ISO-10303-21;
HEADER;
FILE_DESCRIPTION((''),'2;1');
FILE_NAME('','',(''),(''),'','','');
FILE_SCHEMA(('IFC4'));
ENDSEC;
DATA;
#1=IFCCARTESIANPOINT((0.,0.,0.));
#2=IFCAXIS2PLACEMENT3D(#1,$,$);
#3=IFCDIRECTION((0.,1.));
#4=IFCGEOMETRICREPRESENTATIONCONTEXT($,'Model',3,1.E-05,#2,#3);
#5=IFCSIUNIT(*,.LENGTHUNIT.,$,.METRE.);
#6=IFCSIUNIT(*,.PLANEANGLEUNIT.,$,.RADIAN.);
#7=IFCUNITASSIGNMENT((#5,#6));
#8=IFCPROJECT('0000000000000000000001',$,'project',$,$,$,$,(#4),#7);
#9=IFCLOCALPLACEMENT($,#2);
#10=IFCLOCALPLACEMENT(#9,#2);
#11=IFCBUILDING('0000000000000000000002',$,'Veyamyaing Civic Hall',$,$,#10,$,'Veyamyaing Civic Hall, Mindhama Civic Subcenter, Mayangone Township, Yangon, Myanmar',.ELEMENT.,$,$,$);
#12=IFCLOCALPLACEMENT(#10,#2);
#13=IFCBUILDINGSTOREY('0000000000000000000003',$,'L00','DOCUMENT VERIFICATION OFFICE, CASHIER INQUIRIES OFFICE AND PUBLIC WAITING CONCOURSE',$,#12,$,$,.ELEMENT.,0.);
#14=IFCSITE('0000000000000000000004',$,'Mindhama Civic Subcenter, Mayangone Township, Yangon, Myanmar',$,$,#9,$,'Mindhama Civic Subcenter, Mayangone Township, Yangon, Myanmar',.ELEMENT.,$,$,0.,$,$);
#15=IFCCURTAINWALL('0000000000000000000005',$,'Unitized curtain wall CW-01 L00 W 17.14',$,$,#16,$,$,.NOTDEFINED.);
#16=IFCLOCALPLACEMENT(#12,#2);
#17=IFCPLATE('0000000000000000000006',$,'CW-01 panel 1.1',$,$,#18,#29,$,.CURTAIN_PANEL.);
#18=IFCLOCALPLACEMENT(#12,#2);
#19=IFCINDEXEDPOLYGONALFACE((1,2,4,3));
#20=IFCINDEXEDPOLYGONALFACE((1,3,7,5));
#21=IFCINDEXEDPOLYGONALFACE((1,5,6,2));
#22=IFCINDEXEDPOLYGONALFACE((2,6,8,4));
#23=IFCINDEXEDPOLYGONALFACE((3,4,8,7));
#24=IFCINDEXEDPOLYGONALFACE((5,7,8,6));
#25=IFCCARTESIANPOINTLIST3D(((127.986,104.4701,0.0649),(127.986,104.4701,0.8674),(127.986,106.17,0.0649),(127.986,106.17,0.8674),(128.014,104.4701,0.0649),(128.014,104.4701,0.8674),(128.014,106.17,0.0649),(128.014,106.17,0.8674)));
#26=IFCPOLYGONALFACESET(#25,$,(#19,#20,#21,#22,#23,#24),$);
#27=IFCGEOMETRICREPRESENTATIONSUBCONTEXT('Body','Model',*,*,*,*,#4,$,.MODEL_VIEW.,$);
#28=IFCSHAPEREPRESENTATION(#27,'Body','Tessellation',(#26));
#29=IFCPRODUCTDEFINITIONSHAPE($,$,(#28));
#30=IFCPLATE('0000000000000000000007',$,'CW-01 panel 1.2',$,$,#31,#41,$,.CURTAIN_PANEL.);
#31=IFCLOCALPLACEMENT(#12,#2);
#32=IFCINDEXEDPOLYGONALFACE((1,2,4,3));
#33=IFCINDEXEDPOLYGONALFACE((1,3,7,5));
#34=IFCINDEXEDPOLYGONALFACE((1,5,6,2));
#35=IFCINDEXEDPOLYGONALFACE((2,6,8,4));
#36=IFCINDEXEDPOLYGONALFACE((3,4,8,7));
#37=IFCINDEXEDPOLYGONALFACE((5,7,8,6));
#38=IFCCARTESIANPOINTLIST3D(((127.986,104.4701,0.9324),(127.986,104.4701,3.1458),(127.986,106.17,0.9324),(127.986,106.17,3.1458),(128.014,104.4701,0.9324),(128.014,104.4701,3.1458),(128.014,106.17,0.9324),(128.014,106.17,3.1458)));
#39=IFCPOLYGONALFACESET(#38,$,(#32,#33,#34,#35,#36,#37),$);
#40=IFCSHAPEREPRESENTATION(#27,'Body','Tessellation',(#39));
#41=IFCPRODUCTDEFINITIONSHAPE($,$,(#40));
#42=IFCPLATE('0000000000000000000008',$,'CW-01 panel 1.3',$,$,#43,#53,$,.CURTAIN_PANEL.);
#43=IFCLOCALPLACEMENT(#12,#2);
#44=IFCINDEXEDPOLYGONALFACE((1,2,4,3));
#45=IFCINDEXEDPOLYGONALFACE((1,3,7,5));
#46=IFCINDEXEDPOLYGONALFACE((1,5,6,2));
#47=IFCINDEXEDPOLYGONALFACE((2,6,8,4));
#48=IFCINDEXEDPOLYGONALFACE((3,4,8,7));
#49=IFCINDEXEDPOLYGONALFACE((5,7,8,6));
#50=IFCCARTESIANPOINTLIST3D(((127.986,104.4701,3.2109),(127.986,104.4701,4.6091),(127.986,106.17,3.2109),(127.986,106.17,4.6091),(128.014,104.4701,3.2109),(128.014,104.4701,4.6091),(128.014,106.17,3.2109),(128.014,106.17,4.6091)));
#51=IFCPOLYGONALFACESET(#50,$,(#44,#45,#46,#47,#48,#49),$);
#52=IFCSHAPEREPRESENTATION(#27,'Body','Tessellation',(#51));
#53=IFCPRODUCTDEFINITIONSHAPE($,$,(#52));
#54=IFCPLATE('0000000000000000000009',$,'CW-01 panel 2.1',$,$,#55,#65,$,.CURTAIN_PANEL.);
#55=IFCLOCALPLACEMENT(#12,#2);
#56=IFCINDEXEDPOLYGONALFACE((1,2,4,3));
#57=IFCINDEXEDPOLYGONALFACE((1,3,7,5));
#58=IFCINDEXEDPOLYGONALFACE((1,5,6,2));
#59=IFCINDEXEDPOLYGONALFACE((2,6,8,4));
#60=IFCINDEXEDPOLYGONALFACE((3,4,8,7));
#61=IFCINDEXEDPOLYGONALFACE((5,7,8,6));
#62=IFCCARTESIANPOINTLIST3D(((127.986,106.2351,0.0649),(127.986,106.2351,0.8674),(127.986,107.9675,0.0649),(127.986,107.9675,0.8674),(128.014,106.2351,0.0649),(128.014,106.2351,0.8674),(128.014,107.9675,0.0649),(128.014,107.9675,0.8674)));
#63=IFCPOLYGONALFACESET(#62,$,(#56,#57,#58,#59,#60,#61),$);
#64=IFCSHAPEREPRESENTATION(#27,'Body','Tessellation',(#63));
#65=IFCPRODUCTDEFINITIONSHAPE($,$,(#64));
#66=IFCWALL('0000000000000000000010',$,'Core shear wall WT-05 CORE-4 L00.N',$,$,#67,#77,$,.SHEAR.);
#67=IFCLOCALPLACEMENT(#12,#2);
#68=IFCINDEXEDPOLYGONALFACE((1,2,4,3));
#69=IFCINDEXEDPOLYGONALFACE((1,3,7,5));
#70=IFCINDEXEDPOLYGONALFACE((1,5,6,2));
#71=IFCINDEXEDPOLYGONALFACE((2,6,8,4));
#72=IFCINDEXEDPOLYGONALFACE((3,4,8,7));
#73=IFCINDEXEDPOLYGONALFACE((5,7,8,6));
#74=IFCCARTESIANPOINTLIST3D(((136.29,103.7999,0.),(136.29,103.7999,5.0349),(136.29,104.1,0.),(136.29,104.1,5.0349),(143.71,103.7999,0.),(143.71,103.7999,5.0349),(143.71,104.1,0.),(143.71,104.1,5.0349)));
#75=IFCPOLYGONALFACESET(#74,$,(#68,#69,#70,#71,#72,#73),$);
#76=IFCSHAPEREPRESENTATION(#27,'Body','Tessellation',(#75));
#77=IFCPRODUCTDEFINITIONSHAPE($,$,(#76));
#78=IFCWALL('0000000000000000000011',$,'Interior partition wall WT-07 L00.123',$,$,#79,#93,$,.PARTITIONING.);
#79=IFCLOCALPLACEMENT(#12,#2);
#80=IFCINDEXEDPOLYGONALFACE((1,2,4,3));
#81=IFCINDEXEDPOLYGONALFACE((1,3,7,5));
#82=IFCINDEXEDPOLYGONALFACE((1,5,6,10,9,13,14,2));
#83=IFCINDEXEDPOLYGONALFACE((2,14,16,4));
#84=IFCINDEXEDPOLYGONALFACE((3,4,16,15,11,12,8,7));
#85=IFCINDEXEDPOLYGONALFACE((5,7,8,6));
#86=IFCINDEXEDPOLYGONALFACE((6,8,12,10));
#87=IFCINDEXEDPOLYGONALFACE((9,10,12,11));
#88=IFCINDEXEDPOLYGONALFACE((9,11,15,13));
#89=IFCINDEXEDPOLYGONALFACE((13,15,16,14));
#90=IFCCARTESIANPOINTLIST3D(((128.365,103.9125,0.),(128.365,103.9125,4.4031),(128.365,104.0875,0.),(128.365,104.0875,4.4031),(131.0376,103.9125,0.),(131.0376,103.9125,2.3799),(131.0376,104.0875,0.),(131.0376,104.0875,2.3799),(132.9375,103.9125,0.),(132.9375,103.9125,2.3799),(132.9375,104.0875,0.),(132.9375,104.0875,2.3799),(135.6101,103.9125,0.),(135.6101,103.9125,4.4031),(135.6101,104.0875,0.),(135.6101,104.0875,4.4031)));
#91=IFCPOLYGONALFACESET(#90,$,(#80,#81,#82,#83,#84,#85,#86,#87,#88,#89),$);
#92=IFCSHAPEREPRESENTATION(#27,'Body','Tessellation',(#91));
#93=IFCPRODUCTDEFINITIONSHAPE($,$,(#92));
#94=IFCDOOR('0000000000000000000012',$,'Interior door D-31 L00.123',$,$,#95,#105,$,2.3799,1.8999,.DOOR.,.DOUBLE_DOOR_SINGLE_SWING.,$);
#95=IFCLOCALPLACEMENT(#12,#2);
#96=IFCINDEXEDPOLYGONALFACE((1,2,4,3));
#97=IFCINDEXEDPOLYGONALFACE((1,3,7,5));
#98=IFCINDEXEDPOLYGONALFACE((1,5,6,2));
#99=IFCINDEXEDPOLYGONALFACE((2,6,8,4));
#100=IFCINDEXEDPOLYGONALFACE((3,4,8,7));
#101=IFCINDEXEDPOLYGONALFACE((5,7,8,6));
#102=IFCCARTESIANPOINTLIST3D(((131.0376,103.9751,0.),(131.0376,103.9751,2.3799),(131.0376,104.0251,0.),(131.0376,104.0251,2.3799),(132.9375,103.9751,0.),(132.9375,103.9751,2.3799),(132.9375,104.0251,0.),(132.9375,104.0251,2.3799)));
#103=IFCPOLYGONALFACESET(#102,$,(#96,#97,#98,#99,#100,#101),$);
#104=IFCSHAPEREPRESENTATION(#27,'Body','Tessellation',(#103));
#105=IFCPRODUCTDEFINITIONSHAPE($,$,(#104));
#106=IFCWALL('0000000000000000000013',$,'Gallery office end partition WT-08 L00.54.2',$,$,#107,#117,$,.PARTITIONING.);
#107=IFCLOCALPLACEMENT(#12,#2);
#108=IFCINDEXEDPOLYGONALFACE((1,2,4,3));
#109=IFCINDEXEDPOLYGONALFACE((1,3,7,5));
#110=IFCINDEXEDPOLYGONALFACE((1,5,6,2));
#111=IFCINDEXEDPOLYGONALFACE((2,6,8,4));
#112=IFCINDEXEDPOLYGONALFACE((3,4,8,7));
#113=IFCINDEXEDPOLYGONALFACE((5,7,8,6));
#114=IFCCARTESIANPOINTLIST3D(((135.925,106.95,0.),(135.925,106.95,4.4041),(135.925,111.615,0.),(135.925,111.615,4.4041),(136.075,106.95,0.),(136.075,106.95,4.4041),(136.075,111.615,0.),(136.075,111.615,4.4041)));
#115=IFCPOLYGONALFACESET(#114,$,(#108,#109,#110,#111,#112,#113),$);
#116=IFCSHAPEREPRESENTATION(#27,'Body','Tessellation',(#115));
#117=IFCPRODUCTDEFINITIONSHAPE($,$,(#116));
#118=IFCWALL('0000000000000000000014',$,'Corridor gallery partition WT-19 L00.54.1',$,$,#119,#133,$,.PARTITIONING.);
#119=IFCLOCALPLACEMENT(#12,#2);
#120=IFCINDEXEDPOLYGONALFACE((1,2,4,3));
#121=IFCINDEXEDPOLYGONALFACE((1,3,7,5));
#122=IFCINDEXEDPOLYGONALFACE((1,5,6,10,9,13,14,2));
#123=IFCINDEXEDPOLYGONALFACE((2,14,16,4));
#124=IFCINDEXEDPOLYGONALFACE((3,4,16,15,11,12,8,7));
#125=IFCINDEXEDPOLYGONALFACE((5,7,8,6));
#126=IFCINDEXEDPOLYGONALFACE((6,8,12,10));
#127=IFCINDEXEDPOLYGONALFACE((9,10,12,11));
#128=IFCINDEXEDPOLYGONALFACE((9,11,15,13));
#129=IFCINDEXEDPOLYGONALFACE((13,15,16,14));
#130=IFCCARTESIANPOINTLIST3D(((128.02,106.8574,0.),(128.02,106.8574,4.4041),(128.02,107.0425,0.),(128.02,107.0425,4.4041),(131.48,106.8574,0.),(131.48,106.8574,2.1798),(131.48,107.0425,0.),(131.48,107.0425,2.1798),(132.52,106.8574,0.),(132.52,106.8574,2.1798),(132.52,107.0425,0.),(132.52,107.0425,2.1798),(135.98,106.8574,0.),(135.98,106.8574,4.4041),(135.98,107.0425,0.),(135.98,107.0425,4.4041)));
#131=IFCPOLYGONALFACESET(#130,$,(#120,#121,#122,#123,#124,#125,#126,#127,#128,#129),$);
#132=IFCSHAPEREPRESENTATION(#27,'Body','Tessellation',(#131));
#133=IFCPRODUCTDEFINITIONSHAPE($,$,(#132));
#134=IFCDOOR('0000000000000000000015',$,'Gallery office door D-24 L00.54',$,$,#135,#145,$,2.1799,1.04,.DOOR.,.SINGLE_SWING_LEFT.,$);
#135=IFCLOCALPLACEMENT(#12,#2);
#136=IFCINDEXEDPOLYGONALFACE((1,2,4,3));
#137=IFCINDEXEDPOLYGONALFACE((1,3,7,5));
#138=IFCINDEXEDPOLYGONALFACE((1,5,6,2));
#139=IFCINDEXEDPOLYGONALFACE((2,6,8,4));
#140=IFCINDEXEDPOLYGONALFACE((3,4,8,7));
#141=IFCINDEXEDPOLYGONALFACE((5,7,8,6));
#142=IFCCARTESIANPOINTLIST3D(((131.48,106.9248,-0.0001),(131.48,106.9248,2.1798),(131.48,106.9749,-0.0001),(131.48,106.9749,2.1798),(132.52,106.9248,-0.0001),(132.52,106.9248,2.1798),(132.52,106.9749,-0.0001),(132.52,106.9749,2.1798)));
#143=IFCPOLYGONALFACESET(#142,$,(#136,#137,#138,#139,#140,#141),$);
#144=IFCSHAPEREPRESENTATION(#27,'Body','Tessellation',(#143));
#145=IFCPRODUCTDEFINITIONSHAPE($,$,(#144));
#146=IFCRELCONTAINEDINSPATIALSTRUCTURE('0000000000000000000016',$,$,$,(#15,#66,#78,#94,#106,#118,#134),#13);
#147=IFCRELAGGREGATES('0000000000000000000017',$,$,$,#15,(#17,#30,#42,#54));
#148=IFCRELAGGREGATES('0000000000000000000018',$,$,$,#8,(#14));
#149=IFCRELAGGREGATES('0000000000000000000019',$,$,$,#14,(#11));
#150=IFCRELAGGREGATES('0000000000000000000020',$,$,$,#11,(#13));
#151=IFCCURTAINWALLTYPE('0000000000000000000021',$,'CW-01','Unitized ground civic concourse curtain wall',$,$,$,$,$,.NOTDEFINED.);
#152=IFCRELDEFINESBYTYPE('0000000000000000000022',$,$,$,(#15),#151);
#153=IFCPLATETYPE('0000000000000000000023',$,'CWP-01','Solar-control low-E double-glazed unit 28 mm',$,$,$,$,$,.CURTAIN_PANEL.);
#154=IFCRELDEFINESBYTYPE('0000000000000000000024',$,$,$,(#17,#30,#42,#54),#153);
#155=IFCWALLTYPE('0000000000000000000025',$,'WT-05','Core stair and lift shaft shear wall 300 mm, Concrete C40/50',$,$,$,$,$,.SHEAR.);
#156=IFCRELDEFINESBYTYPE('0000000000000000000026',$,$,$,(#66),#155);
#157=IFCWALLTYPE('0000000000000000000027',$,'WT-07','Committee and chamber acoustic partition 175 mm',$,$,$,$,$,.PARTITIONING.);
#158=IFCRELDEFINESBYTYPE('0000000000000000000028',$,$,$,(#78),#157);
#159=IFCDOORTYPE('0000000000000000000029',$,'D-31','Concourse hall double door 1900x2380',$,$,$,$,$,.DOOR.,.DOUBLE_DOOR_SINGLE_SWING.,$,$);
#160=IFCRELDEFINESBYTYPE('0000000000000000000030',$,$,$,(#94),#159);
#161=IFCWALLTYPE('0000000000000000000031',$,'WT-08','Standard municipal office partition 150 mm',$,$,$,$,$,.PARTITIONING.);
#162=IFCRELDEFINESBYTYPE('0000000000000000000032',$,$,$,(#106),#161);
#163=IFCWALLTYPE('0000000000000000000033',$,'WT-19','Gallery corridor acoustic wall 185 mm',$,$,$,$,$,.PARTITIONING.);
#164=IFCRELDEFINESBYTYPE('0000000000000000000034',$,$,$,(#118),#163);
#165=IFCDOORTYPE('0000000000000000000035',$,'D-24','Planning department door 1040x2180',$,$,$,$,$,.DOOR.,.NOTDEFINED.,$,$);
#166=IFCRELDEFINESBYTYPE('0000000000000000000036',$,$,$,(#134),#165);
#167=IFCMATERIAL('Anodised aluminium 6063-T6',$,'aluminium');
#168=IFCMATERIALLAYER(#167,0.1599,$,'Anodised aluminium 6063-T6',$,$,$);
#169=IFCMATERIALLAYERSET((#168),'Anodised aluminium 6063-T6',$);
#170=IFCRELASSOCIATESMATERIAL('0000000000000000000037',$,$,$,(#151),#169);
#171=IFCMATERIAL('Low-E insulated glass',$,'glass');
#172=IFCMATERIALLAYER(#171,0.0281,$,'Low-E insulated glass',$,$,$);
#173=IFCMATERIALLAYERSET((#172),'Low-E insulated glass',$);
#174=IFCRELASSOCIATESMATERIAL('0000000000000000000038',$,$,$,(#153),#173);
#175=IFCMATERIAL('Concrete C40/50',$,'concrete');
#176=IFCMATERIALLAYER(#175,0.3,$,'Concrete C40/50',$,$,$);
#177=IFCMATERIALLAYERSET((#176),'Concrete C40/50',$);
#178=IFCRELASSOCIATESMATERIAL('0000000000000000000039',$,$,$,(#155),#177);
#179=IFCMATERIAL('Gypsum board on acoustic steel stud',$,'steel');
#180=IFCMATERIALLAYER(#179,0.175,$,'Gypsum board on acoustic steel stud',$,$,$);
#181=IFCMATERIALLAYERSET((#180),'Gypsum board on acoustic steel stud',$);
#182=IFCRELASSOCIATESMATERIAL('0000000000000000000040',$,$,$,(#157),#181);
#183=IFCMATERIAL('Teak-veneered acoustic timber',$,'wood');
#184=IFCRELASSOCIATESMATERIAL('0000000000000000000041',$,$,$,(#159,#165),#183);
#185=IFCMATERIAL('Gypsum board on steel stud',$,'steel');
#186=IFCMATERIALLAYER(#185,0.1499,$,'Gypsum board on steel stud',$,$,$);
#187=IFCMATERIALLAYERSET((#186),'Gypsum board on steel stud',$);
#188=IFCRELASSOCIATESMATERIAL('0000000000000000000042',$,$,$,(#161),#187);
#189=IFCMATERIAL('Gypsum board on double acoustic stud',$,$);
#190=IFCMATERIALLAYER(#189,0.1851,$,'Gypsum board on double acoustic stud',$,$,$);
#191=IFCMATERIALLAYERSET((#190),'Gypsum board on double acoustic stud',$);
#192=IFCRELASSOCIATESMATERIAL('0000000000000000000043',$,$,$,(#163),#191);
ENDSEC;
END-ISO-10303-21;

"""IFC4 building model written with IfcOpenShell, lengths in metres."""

from ifc_helpers import new_model, si_unit, direction, frame, frame_2d, origin, origin_2d, place, context, subcontext, project, spatial, rectangle, extrude, material, layer, layer_set, type_object, element, fill, aggregate, save


model = new_model("IFC4")

# Units and contexts
model_context = context("Model", 3, precision=1e-05, world=origin(), true_north=direction((0.0, 1.0)))
body_context = subcontext(model_context, "Body", "Model", "MODEL_VIEW")
ifc_project = project(units=[si_unit("LENGTHUNIT", "METRE"), si_unit("PLANEANGLEUNIT", "RADIAN")], contexts=[model_context])

# Site, building, storey
site_placement = place(None, origin())
site = spatial("IfcSite", under=ifc_project, at=site_placement, Name="Mindhama Civic Subcenter, Mayangone Township, Yangon, Myanmar", LongName="Mindhama Civic Subcenter, Mayangone Township, Yangon, Myanmar", CompositionType="ELEMENT", RefElevation=0.0)
building_placement = place(site_placement, origin())
building = spatial("IfcBuilding", under=site, at=building_placement, Name="Veyamyaing Civic Hall", LongName="Veyamyaing Civic Hall, Mindhama Civic Subcenter, Mayangone Township, Yangon, Myanmar", CompositionType="ELEMENT")
storey_placement = place(building_placement, origin())
storey = spatial("IfcBuildingStorey", under=building, at=storey_placement, Name="L00", Description="DOCUMENT VERIFICATION OFFICE, CASHIER INQUIRIES OFFICE AND PUBLIC WAITING CONCOURSE", CompositionType="ELEMENT", Elevation=0.0)

# Curtain wall
ifc_material_1 = material(Name="Anodised aluminium 6063-T6", Category="aluminium")
ifc_layer_1 = layer(ifc_material_1, 0.1599, Name="Anodised aluminium 6063-T6")
ifc_layer_set_1 = layer_set([ifc_layer_1], Name="Anodised aluminium 6063-T6")
curtain_wall_type = type_object("IfcCurtainWallType", Name="CW-01", Description="Unitized ground civic concourse curtain wall", PredefinedType="NOTDEFINED", material=ifc_layer_set_1)
curtain_wall_placement = place(storey_placement, origin())
curtain_wall = element("IfcCurtainWall", 1, at=curtain_wall_placement, inside=storey, type_object=curtain_wall_type, Name="Unitized curtain wall CW-01 L00 W 17.14", PredefinedType="NOTDEFINED")

# Plates
ifc_material_2 = material(Name="Low-E insulated glass", Category="glass")
ifc_layer_2 = layer(ifc_material_2, 0.0281, Name="Low-E insulated glass")
ifc_layer_set_2 = layer_set([ifc_layer_2], Name="Low-E insulated glass")
plate_type = type_object("IfcPlateType", Name="CWP-01", Description="Solar-control low-E double-glazed unit 28 mm", PredefinedType="CURTAIN_PANEL", material=ifc_layer_set_2)
plate_1_placement = place(storey_placement, frame((128.0, 105.3201, 0.0649), z_axis=(0.0, 0.0, 1.0), x_axis=(0.0, 1.0, 0.0)))
plate_1 = element("IfcPlate", 2, at=plate_1_placement, type_object=plate_type, Name="CW-01 panel 1.1", PredefinedType="CURTAIN_PANEL", context=body_context, shape_type="SweptSolid", body=[
    extrude(rectangle(XDim=1.7, YDim=0.0281, at=origin_2d()), origin(), (0.0, 0.0, 1.0), 0.8025),
])
plate_2_placement = place(storey_placement, frame((128.0, 105.3201, 0.9324), z_axis=(0.0, 0.0, 1.0), x_axis=(0.0, 1.0, 0.0)))
plate_2 = element("IfcPlate", 3, at=plate_2_placement, type_object=plate_type, Name="CW-01 panel 1.2", PredefinedType="CURTAIN_PANEL", context=body_context, shape_type="SweptSolid", body=[
    extrude(rectangle(XDim=1.7, YDim=0.0281, at=origin_2d()), origin(), (0.0, 0.0, 1.0), 2.2134),
])
plate_3_placement = place(storey_placement, frame((128.0, 105.3201, 3.2109), z_axis=(0.0, 0.0, 1.0), x_axis=(0.0, 1.0, 0.0)))
plate_3 = element("IfcPlate", 4, at=plate_3_placement, type_object=plate_type, Name="CW-01 panel 1.3", PredefinedType="CURTAIN_PANEL", context=body_context, shape_type="SweptSolid", body=[
    extrude(rectangle(XDim=1.7, YDim=0.0281, at=origin_2d()), origin(), (0.0, 0.0, 1.0), 1.3982),
])
plate_4_placement = place(storey_placement, frame((128.0, 107.1013, 0.0649), z_axis=(0.0, 0.0, 1.0), x_axis=(0.0, 1.0, 0.0)))
plate_4 = element("IfcPlate", 5, at=plate_4_placement, type_object=plate_type, Name="CW-01 panel 2.1", PredefinedType="CURTAIN_PANEL", context=body_context, shape_type="SweptSolid", body=[
    extrude(rectangle(XDim=1.7324, YDim=0.0281, at=origin_2d()), origin(), (0.0, 0.0, 1.0), 0.8025),
])
aggregate(curtain_wall, [plate_1, plate_2, plate_3, plate_4])

# Wall
ifc_material_3 = material(Name="Concrete C40/50", Category="concrete")
ifc_layer_3 = layer(ifc_material_3, 0.3, Name="Concrete C40/50")
ifc_layer_set_3 = layer_set([ifc_layer_3], Name="Concrete C40/50")
wall_type_1 = type_object("IfcWallType", Name="WT-05", Description="Core stair and lift shaft shear wall 300 mm, Concrete C40/50", PredefinedType="SHEAR", material=ifc_layer_set_3)
wall_1_placement = place(storey_placement, frame((136.29, 103.95, 0.0), z_axis=(0.0, 0.0, 1.0), x_axis=(1.0, 0.0, 0.0)))
element("IfcWall", 6, at=wall_1_placement, inside=storey, type_object=wall_type_1, Name="Core shear wall WT-05 CORE-4 L00.N", PredefinedType="SHEAR", context=body_context, shape_type="SweptSolid", body=[
    extrude(rectangle(XDim=7.4199, YDim=0.3, at=frame_2d((3.71, 0.0))), origin(), (0.0, 0.0, 1.0), 5.0349),
])

# Wall, opening, door
ifc_material_4 = material(Name="Gypsum board on acoustic steel stud", Category="steel")
ifc_layer_4 = layer(ifc_material_4, 0.175, Name="Gypsum board on acoustic steel stud")
ifc_layer_set_4 = layer_set([ifc_layer_4], Name="Gypsum board on acoustic steel stud")
wall_type_2 = type_object("IfcWallType", Name="WT-07", Description="Committee and chamber acoustic partition 175 mm", PredefinedType="PARTITIONING", material=ifc_layer_set_4)
wall_2_placement = place(storey_placement, frame((128.365, 104.0, 0.0), z_axis=(0.0, 0.0, 1.0), x_axis=(1.0, 0.0, 0.0)))
wall_2 = element("IfcWall", 7, at=wall_2_placement, inside=storey, type_object=wall_type_2, Name="Interior partition wall WT-07 L00.123", PredefinedType="PARTITIONING", context=body_context, shape_type="SweptSolid", body=[
    extrude(rectangle(XDim=7.2451, YDim=0.175, at=frame_2d((3.6226, 0.0))), origin(), (0.0, 0.0, 1.0), 4.4031),
])
opening_1_placement = place(wall_2_placement, frame((2.6726, 0.0, 0.0)))
opening_1 = element("IfcOpeningElement", 8, at=opening_1_placement, cuts=wall_2, PredefinedType="OPENING", context=body_context, shape_type="SweptSolid", body=[
    extrude(rectangle(XDim=1.8999, YDim=2.3799, at=frame_2d((0.95, 1.1899))), frame((0.0, 0.0974, 0.0), z_axis=(0.0, -1.0, 0.0), x_axis=(1.0, 0.0, 0.0)), (0.0, 0.0, 1.0), 0.1951),
])
ifc_material_5 = material(Name="Teak-veneered acoustic timber", Category="wood")
door_type_1 = type_object("IfcDoorType", Name="D-31", Description="Concourse hall double door 1900x2380", OperationType="DOUBLE_DOOR_SINGLE_SWING", PredefinedType="DOOR", material=ifc_material_5)
door_1_placement = place(opening_1_placement, frame((1.8999, 0.0, 0.0), z_axis=(0.0, 0.0, 1.0), x_axis=(-1.0, 0.0, 0.0)))
door_1 = element("IfcDoor", 9, at=door_1_placement, inside=storey, type_object=door_type_1, Name="Interior door D-31 L00.123", OperationType="DOUBLE_DOOR_SINGLE_SWING", OverallHeight=2.3799, OverallWidth=1.8999, PredefinedType="DOOR", context=body_context, shape_type="SweptSolid", body=[
    extrude(rectangle(XDim=1.8999, YDim=2.3799, at=frame_2d((0.95, 1.1899))), frame((0.0, 0.0249, 0.0), z_axis=(0.0, -1.0, 0.0), x_axis=(1.0, 0.0, 0.0)), (0.0, 0.0, 1.0), 0.05),
])
fill(opening_1, door_1)

# Wall
ifc_material_6 = material(Name="Gypsum board on steel stud", Category="steel")
ifc_layer_5 = layer(ifc_material_6, 0.1499, Name="Gypsum board on steel stud")
ifc_layer_set_5 = layer_set([ifc_layer_5], Name="Gypsum board on steel stud")
wall_type_3 = type_object("IfcWallType", Name="WT-08", Description="Standard municipal office partition 150 mm", PredefinedType="PARTITIONING", material=ifc_layer_set_5)
wall_3_placement = place(storey_placement, frame((136.0, 106.95, 0.0), z_axis=(0.0, 0.0, 1.0), x_axis=(0.0, 1.0, 0.0)))
element("IfcWall", 10, at=wall_3_placement, inside=storey, type_object=wall_type_3, Name="Gallery office end partition WT-08 L00.54.2", PredefinedType="PARTITIONING", context=body_context, shape_type="SweptSolid", body=[
    extrude(rectangle(XDim=4.665, YDim=0.1499, at=frame_2d((2.3325, 0.0))), origin(), (0.0, 0.0, 1.0), 4.4041),
])

# Wall, opening, door
ifc_material_7 = material(Name="Gypsum board on double acoustic stud")
ifc_layer_6 = layer(ifc_material_7, 0.1851, Name="Gypsum board on double acoustic stud")
ifc_layer_set_6 = layer_set([ifc_layer_6], Name="Gypsum board on double acoustic stud")
wall_type_4 = type_object("IfcWallType", Name="WT-19", Description="Gallery corridor acoustic wall 185 mm", PredefinedType="PARTITIONING", material=ifc_layer_set_6)
wall_4_placement = place(storey_placement, frame((128.02, 106.95, 0.0), z_axis=(0.0, 0.0, 1.0), x_axis=(1.0, 0.0, 0.0)))
wall_4 = element("IfcWall", 11, at=wall_4_placement, inside=storey, type_object=wall_type_4, Name="Corridor gallery partition WT-19 L00.54.1", PredefinedType="PARTITIONING", context=body_context, shape_type="SweptSolid", body=[
    extrude(rectangle(XDim=7.96, YDim=0.1851, at=frame_2d((3.98, 0.0))), origin(), (0.0, 0.0, 1.0), 4.4041),
])
opening_2_placement = place(wall_4_placement, frame((3.46, 0.0, 0.0)))
opening_2 = element("IfcOpeningElement", 12, at=opening_2_placement, cuts=wall_4, PredefinedType="OPENING", context=body_context, shape_type="SweptSolid", body=[
    extrude(rectangle(XDim=1.04, YDim=2.1799, at=frame_2d((0.52, 1.0898))), frame((0.0, 0.1025, 0.0), z_axis=(0.0, -1.0, 0.0), x_axis=(1.0, 0.0, 0.0)), (0.0, 0.0, 1.0), 0.2051),
])
door_type_2 = type_object("IfcDoorType", Name="D-24", Description="Planning department door 1040x2180", OperationType="NOTDEFINED", PredefinedType="DOOR", material=ifc_material_5)
door_2_placement = place(opening_2_placement, origin())
door_2 = element("IfcDoor", 13, at=door_2_placement, inside=storey, type_object=door_type_2, Name="Gallery office door D-24 L00.54", OperationType="SINGLE_SWING_LEFT", OverallHeight=2.1799, OverallWidth=1.04, PredefinedType="DOOR", context=body_context, shape_type="SweptSolid", body=[
    extrude(rectangle(XDim=1.04, YDim=2.1799, at=frame_2d((0.52, 1.0898))), frame((0.0, 0.0249, 0.0), z_axis=(0.0, -1.0, 0.0), x_axis=(1.0, 0.0, 0.0)), (0.0, 0.0, 1.0), 0.05),
])
fill(opening_2, door_2)

save(model, "model.ifc")
